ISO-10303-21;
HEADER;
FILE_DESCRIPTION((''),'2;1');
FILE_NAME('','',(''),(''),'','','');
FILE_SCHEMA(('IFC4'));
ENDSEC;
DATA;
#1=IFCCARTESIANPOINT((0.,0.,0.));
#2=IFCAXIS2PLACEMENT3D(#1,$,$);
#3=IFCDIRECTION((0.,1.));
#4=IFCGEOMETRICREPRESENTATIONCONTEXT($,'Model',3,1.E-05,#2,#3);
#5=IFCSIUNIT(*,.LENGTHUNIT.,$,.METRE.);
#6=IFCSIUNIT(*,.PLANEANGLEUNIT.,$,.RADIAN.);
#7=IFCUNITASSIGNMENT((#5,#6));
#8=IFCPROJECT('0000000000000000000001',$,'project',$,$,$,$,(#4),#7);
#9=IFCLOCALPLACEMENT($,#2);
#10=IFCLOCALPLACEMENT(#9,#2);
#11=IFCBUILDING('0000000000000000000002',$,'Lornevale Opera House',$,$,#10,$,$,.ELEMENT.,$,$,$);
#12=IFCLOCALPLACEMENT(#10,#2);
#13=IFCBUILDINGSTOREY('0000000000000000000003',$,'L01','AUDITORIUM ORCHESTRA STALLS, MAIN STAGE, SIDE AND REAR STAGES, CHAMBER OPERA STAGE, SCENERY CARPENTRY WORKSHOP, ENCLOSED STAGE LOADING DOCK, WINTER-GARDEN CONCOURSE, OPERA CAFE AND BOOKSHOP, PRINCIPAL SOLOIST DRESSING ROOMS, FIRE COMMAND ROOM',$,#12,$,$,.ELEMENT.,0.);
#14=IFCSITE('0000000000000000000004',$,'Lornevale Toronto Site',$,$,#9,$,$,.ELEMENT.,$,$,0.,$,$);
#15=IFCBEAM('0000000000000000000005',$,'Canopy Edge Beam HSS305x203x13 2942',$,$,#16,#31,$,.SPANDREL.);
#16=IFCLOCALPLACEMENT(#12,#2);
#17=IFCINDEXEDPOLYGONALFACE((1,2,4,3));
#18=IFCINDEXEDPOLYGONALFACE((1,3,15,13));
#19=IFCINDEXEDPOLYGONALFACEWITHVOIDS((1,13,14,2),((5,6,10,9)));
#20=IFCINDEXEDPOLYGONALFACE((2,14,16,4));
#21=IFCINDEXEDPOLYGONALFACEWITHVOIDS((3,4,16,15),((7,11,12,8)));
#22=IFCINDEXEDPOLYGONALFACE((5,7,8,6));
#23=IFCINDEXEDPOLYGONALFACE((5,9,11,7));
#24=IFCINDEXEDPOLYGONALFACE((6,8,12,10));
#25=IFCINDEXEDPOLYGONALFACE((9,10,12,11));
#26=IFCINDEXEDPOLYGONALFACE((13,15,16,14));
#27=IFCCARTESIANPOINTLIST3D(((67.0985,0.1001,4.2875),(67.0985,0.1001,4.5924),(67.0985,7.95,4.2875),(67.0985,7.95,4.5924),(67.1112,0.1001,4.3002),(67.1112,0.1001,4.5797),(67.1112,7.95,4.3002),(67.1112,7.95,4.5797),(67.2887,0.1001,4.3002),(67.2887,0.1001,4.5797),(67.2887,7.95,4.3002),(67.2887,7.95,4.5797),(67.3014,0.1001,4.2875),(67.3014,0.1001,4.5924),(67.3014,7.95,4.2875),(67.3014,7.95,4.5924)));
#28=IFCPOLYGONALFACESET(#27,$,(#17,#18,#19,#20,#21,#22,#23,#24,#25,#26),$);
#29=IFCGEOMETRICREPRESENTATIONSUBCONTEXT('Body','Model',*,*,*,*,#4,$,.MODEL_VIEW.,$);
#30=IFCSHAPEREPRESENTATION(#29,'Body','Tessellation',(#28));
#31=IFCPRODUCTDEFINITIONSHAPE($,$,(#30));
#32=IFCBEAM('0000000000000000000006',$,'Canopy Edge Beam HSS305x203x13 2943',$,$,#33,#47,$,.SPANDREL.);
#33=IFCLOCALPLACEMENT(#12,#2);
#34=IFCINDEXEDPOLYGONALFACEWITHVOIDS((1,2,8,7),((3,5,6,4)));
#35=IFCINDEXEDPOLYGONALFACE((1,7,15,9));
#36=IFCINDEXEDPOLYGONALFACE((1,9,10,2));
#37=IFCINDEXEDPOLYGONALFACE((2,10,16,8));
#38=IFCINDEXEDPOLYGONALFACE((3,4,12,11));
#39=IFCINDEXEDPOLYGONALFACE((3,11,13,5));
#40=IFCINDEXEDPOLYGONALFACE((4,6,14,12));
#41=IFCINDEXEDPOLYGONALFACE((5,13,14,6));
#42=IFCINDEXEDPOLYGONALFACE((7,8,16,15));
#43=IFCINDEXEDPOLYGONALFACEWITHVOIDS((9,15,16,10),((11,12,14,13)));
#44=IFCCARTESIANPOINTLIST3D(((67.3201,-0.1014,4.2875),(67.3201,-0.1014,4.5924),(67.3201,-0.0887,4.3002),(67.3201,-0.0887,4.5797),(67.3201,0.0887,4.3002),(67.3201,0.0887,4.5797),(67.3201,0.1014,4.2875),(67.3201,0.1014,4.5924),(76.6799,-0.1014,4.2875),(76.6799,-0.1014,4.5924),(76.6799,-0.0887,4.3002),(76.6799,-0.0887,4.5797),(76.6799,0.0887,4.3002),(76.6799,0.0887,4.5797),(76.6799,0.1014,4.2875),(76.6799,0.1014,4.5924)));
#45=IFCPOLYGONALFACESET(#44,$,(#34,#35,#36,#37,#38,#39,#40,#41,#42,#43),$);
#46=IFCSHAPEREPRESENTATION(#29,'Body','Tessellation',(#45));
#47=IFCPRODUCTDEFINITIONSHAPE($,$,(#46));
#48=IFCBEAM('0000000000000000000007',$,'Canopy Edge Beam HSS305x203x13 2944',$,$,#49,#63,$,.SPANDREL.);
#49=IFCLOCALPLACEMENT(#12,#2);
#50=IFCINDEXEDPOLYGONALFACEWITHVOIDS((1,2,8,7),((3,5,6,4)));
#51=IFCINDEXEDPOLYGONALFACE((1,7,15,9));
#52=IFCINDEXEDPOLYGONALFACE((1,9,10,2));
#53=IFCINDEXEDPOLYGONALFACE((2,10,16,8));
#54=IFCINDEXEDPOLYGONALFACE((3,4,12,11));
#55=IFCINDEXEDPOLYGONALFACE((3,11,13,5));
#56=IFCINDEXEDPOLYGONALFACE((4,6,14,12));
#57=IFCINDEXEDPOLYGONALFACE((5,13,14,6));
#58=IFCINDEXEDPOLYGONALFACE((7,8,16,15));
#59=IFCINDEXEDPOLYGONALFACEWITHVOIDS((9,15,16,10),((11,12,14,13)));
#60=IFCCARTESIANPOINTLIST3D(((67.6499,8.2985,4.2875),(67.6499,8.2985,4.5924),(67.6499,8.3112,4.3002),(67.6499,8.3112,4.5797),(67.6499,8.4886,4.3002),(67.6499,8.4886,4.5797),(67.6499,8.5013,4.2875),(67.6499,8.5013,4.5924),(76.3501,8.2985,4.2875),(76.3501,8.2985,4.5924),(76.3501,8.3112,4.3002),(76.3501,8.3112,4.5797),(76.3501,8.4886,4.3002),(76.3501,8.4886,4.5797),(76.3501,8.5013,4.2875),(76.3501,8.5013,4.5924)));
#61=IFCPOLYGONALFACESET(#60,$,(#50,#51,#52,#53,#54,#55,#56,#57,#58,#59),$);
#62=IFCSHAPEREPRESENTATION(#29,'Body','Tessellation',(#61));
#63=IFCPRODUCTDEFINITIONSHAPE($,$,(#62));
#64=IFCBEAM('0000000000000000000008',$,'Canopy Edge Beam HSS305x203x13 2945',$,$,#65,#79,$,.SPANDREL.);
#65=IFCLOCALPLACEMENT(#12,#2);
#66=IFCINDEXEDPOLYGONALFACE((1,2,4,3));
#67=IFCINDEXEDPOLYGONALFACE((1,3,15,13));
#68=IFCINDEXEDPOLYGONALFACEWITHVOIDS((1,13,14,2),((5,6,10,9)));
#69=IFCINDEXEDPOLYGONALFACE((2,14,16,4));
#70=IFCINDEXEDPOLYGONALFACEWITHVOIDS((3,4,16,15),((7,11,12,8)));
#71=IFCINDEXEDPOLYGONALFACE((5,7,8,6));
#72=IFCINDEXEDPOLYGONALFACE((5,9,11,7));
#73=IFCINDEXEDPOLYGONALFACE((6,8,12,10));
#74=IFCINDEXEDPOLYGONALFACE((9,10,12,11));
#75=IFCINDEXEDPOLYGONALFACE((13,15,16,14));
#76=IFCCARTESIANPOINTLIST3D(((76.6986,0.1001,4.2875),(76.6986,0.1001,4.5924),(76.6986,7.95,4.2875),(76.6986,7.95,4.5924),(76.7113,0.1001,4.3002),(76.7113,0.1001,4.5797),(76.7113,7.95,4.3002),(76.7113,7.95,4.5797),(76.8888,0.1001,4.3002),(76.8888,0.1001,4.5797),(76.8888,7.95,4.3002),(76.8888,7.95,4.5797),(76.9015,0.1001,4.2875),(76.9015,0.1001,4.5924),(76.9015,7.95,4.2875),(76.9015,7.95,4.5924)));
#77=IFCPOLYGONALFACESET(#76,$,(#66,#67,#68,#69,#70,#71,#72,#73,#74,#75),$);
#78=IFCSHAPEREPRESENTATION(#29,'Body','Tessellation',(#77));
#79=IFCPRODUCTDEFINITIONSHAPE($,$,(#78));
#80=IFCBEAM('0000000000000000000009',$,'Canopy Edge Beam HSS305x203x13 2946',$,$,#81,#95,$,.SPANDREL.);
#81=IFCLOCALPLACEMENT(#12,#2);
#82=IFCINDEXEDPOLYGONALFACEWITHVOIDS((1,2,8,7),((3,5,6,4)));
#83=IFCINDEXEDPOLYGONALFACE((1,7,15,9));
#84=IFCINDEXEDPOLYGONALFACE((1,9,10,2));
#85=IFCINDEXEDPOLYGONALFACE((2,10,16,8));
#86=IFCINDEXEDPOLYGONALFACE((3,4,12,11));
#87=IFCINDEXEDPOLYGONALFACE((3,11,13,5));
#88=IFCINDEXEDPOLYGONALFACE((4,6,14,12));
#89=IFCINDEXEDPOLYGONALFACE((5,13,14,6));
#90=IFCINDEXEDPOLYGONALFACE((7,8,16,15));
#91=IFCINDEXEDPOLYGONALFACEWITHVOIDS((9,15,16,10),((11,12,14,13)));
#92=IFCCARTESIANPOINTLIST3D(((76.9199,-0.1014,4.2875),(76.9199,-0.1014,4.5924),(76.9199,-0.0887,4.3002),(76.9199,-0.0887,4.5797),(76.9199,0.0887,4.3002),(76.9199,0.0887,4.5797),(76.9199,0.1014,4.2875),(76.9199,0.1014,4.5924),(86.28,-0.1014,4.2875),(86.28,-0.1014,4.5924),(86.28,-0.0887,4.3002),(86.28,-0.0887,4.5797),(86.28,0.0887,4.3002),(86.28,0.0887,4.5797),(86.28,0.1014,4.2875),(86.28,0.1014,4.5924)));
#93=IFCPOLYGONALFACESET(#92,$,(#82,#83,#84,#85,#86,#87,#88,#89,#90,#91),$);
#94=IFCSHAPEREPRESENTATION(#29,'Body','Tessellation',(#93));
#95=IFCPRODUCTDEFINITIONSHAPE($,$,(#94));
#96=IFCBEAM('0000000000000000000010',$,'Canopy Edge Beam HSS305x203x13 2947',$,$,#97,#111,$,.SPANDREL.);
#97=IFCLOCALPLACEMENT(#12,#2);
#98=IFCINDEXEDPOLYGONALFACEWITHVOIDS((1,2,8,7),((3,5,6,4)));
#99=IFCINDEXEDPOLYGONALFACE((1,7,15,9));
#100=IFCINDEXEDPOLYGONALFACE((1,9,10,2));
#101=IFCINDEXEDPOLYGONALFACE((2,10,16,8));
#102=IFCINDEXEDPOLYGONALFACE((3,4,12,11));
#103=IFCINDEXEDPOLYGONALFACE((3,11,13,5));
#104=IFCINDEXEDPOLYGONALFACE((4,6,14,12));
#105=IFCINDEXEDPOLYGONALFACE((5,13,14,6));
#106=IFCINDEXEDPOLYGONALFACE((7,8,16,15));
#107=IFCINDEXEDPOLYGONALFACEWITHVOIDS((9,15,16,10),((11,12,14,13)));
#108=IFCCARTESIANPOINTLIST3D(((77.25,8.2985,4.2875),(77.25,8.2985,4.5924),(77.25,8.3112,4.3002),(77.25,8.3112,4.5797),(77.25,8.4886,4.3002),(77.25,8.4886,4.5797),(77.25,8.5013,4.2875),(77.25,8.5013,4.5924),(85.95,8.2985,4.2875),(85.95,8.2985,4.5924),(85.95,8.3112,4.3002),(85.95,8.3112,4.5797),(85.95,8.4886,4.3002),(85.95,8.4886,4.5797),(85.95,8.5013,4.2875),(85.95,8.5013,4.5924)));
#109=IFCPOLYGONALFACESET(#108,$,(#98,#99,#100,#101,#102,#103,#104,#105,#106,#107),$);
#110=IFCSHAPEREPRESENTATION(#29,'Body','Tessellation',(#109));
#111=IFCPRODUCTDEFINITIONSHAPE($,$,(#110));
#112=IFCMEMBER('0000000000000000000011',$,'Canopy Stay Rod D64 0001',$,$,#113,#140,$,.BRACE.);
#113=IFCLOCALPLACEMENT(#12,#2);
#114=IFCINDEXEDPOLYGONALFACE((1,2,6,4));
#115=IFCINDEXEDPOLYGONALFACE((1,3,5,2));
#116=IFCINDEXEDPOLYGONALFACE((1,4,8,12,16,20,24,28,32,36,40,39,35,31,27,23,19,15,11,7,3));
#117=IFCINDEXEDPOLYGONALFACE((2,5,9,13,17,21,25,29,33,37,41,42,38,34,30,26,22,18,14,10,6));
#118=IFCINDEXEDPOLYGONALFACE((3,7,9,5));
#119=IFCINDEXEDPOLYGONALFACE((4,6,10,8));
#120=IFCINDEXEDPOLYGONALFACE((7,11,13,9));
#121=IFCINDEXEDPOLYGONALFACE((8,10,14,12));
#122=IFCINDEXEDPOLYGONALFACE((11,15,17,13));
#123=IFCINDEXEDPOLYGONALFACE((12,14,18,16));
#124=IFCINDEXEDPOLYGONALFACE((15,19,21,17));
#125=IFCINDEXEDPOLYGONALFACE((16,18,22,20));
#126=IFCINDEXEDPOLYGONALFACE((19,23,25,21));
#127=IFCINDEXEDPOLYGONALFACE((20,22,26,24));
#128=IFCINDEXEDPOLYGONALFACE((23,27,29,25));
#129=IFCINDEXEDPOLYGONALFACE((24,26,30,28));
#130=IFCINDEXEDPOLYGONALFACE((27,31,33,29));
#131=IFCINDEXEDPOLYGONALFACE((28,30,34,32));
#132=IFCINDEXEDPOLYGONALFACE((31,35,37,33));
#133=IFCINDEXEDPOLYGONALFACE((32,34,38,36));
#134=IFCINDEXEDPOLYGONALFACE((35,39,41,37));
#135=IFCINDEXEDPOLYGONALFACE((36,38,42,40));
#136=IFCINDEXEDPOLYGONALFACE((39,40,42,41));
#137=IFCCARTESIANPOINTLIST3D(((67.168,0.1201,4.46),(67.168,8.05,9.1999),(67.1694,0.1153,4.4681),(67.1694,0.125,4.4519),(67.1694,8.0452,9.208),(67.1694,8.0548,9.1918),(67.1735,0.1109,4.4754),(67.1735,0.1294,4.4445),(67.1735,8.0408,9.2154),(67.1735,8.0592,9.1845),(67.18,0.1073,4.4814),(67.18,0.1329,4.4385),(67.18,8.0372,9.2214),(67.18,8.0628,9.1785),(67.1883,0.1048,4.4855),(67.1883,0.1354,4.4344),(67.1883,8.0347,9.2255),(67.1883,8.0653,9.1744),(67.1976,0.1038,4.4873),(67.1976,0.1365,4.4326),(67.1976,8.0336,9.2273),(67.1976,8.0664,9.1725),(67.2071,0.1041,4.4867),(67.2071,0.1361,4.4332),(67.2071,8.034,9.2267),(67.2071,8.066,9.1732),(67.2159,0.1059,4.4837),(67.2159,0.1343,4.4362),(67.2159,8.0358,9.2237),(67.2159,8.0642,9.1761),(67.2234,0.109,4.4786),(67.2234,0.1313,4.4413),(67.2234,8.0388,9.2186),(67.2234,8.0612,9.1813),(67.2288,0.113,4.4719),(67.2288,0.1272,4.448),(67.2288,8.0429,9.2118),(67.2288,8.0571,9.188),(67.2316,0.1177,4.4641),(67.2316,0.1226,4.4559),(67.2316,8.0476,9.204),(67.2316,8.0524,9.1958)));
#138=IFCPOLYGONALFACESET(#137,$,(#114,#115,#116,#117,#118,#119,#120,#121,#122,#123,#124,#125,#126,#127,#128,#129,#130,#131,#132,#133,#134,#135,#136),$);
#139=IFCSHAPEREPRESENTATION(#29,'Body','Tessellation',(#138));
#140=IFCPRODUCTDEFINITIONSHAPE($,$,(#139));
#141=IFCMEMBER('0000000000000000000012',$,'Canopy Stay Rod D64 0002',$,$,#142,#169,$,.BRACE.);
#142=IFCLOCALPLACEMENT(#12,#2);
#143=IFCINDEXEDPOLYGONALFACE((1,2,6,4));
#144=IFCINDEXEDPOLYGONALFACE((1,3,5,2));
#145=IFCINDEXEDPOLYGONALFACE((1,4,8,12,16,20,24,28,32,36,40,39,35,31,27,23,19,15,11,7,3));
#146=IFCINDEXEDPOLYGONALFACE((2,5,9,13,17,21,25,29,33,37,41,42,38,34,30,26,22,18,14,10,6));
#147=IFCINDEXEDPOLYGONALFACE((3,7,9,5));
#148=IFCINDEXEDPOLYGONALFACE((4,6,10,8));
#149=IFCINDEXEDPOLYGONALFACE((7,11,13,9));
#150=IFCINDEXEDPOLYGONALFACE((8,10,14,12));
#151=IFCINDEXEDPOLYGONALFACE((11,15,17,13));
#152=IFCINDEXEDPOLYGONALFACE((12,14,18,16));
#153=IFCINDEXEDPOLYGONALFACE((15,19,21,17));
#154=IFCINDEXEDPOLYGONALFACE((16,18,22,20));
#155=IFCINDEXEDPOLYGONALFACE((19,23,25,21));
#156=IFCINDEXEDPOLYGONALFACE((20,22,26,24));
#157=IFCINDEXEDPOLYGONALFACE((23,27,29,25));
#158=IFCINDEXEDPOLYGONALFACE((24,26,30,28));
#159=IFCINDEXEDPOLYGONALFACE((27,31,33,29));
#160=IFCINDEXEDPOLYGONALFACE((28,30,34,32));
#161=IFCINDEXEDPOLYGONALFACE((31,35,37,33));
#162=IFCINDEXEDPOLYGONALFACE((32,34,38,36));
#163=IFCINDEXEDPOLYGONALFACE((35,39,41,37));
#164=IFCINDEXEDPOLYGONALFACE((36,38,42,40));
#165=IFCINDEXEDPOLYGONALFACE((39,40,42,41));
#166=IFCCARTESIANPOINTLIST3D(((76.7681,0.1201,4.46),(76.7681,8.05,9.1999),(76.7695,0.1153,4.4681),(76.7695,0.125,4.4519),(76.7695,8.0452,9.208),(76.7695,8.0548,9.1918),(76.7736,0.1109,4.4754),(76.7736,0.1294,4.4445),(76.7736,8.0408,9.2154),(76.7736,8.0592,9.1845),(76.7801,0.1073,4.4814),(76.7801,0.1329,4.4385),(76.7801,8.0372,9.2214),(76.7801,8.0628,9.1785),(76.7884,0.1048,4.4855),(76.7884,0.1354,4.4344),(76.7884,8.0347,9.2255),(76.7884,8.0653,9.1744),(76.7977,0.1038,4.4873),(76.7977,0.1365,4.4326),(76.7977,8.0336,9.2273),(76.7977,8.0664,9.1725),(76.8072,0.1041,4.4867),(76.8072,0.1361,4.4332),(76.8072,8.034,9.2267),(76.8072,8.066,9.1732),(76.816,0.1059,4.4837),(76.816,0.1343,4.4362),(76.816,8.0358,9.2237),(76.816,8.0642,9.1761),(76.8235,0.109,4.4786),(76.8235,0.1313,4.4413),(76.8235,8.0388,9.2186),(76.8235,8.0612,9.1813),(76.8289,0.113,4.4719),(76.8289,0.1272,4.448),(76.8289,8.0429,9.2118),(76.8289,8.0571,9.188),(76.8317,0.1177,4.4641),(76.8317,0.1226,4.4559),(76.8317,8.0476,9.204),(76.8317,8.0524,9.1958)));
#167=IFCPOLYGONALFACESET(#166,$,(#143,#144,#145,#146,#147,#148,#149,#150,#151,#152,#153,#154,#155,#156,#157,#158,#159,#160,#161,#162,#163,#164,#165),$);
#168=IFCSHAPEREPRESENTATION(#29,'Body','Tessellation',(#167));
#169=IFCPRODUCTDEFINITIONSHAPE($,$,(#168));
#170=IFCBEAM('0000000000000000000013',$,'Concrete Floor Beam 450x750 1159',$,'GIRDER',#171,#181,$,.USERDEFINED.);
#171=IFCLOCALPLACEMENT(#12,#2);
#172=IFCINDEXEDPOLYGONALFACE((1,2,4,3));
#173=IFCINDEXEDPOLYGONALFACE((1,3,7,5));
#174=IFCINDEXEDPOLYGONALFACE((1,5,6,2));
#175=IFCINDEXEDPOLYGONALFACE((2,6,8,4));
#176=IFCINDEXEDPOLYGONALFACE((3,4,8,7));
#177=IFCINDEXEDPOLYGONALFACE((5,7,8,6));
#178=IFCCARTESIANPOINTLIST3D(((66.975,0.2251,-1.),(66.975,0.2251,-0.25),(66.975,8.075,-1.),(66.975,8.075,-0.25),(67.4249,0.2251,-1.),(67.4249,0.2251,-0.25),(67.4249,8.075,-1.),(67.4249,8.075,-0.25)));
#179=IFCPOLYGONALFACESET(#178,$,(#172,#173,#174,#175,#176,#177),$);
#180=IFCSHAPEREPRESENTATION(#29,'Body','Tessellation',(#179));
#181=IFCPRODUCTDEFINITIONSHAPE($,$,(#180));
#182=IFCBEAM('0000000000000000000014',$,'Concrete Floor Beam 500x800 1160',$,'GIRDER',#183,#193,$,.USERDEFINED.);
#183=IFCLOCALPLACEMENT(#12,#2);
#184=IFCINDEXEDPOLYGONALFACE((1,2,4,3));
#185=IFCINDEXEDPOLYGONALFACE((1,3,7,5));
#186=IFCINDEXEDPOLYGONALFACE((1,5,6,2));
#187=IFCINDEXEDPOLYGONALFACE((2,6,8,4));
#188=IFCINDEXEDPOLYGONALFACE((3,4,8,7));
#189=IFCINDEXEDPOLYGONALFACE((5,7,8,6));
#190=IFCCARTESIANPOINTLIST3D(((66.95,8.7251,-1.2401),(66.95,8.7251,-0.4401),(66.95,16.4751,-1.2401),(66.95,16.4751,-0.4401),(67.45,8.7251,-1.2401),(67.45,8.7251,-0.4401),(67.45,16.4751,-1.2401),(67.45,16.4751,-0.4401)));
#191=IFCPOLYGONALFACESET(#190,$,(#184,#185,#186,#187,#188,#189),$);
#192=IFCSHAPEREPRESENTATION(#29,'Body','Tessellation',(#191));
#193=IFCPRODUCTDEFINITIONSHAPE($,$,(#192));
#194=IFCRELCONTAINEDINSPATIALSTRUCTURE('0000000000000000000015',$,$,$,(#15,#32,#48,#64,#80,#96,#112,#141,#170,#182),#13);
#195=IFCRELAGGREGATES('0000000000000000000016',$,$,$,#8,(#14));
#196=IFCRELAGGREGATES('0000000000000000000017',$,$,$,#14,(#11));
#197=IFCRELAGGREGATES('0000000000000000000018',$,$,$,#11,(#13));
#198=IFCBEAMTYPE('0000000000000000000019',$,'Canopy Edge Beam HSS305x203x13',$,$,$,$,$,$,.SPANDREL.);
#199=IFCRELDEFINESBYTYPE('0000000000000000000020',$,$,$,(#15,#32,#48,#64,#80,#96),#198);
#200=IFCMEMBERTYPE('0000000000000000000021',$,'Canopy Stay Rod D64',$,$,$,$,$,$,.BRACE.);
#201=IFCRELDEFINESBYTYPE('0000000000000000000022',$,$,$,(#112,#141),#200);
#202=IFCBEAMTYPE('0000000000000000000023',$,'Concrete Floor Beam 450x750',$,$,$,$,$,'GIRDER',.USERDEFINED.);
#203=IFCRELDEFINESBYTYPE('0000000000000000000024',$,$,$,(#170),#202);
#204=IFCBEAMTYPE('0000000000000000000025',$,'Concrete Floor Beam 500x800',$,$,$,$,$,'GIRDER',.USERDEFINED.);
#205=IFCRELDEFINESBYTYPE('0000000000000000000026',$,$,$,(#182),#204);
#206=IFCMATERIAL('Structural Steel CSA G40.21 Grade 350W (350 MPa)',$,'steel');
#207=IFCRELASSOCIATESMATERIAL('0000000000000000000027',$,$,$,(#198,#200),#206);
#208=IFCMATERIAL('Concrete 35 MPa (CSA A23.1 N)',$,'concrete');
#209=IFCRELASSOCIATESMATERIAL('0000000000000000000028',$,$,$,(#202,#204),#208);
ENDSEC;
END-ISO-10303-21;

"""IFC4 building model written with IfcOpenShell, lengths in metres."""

from ifc_helpers import new_model, si_unit, direction, frame, origin, origin_2d, place, context, subcontext, project, spatial, rectangle, hollow_rectangle, circle, extrude, material, material_profile, profile_set, type_object, element, save


model = new_model("IFC4")

# Units and contexts
model_context = context("Model", 3, precision=1e-05, world=origin(), true_north=direction((0.0, 1.0)))
body_context = subcontext(model_context, "Body", "Model", "MODEL_VIEW")
ifc_project = project(units=[si_unit("LENGTHUNIT", "METRE"), si_unit("PLANEANGLEUNIT", "RADIAN")], contexts=[model_context])

# Site, building, storey
site_placement = place(None, origin())
site = spatial("IfcSite", under=ifc_project, at=site_placement, Name="Lornevale Toronto Site", CompositionType="ELEMENT", RefElevation=0.0)
building_placement = place(site_placement, origin())
building = spatial("IfcBuilding", under=site, at=building_placement, Name="Lornevale Opera House", CompositionType="ELEMENT")
storey_placement = place(building_placement, origin())
storey = spatial("IfcBuildingStorey", under=building, at=storey_placement, Name="L01", Description="AUDITORIUM ORCHESTRA STALLS, MAIN STAGE, SIDE AND REAR STAGES, CHAMBER OPERA STAGE, SCENERY CARPENTRY WORKSHOP, ENCLOSED STAGE LOADING DOCK, WINTER-GARDEN CONCOURSE, OPERA CAFE AND BOOKSHOP, PRINCIPAL SOLOIST DRESSING ROOMS, FIRE COMMAND ROOM", CompositionType="ELEMENT", Elevation=0.0)

# Shared definitions
ifc_material_1 = material(Name="Structural Steel CSA G40.21 Grade 350W (350 MPa)", Category="steel")

# Beams
ifc_material_profile_1 = material_profile(ifc_material_1, hollow_rectangle(XDim=0.2029, YDim=0.3049, WallThickness=0.0127, at=origin_2d()), Name="HSS305x203x13")
ifc_profile_set_1 = profile_set([ifc_material_profile_1], Name="Structural Steel CSA G40.21 Grade 350W (350 MPa)")
beam_type_1 = type_object("IfcBeamType", Name="Canopy Edge Beam HSS305x203x13", PredefinedType="SPANDREL", material=ifc_profile_set_1)
beam_1_placement = place(storey_placement, frame((67.2, 0.1001, 4.4399), z_axis=(0.0, 1.0, 0.0), x_axis=(-1.0, 0.0, 0.0)))
element("IfcBeam", 1, at=beam_1_placement, inside=storey, type_object=beam_type_1, Name="Canopy Edge Beam HSS305x203x13 2942", PredefinedType="SPANDREL", context=body_context, shape_type="SweptSolid", body=[
    extrude(hollow_rectangle(XDim=0.2029, YDim=0.3049, WallThickness=0.0127, at=origin_2d()), origin(), (0.0, 0.0, 1.0), 7.8499),
])
beam_2_placement = place(storey_placement, frame((67.3201, 0.0, 4.4399), z_axis=(1.0, 0.0, 0.0), x_axis=(0.0, 1.0, 0.0)))
element("IfcBeam", 2, at=beam_2_placement, inside=storey, type_object=beam_type_1, Name="Canopy Edge Beam HSS305x203x13 2943", PredefinedType="SPANDREL", context=body_context, shape_type="SweptSolid", body=[
    extrude(hollow_rectangle(XDim=0.2029, YDim=0.3049, WallThickness=0.0127, at=origin_2d()), origin(), (0.0, 0.0, 1.0), 9.3599),
])
beam_3_placement = place(storey_placement, frame((67.6499, 8.3999, 4.4399), z_axis=(1.0, 0.0, 0.0), x_axis=(0.0, 1.0, 0.0)))
element("IfcBeam", 3, at=beam_3_placement, inside=storey, type_object=beam_type_1, Name="Canopy Edge Beam HSS305x203x13 2944", PredefinedType="SPANDREL", context=body_context, shape_type="SweptSolid", body=[
    extrude(hollow_rectangle(XDim=0.2029, YDim=0.3049, WallThickness=0.0127, at=origin_2d()), origin(), (0.0, 0.0, 1.0), 8.7002),
])
beam_4_placement = place(storey_placement, frame((76.8, 0.1001, 4.4399), z_axis=(0.0, 1.0, 0.0), x_axis=(-1.0, 0.0, 0.0)))
element("IfcBeam", 4, at=beam_4_placement, inside=storey, type_object=beam_type_1, Name="Canopy Edge Beam HSS305x203x13 2945", PredefinedType="SPANDREL", context=body_context, shape_type="SweptSolid", body=[
    extrude(hollow_rectangle(XDim=0.2029, YDim=0.3049, WallThickness=0.0127, at=origin_2d()), origin(), (0.0, 0.0, 1.0), 7.8499),
])
beam_5_placement = place(storey_placement, frame((76.9199, 0.0, 4.4399), z_axis=(1.0, 0.0, 0.0), x_axis=(0.0, 1.0, 0.0)))
element("IfcBeam", 5, at=beam_5_placement, inside=storey, type_object=beam_type_1, Name="Canopy Edge Beam HSS305x203x13 2946", PredefinedType="SPANDREL", context=body_context, shape_type="SweptSolid", body=[
    extrude(hollow_rectangle(XDim=0.2029, YDim=0.3049, WallThickness=0.0127, at=origin_2d()), origin(), (0.0, 0.0, 1.0), 9.3601),
])
beam_6_placement = place(storey_placement, frame((77.25, 8.3999, 4.4399), z_axis=(1.0, 0.0, 0.0), x_axis=(0.0, 1.0, 0.0)))
element("IfcBeam", 6, at=beam_6_placement, inside=storey, type_object=beam_type_1, Name="Canopy Edge Beam HSS305x203x13 2947", PredefinedType="SPANDREL", context=body_context, shape_type="SweptSolid", body=[
    extrude(hollow_rectangle(XDim=0.2029, YDim=0.3049, WallThickness=0.0127, at=origin_2d()), origin(), (0.0, 0.0, 1.0), 8.7),
])

# Members
ifc_material_profile_2 = material_profile(ifc_material_1, circle(Radius=0.032, at=origin_2d()), Name="ROD64")
ifc_profile_set_2 = profile_set([ifc_material_profile_2], Name="Structural Steel CSA G40.21 Grade 350W (350 MPa)")
member_type = type_object("IfcMemberType", Name="Canopy Stay Rod D64", PredefinedType="BRACE", material=ifc_profile_set_2)
for number, where, z_axis, x_axis, name in (
    (7, (67.2, 0.1201, 4.46), (0.0, 0.85835, 0.513065), (-1.0, 0.0, 0.0), "Canopy Stay Rod D64 0001"),
    (8, (76.8, 0.1201, 4.46), (0.0, 0.85835, 0.513065), (-1.0, 0.0, 0.0), "Canopy Stay Rod D64 0002"),
):
    element("IfcMember", number, at=place(storey_placement, frame(where, z_axis=z_axis, x_axis=x_axis)), inside=storey, type_object=member_type, Name=name, PredefinedType="BRACE", context=body_context, shape_type="SweptSolid", body=[
        extrude(circle(Radius=0.032, at=origin_2d()), origin(), (0.0, 0.0, 1.0), 9.2385),
    ])

# Beams
ifc_material_2 = material(Name="Concrete 35 MPa (CSA A23.1 N)", Category="concrete")
ifc_material_profile_3 = material_profile(ifc_material_2, rectangle(XDim=0.45, YDim=0.75, at=origin_2d()), Name="RC450x750")
ifc_profile_set_3 = profile_set([ifc_material_profile_3], Name="Concrete 35 MPa (CSA A23.1 N)")
beam_type_2 = type_object("IfcBeamType", Name="Concrete Floor Beam 450x750", ElementType="GIRDER", PredefinedType="USERDEFINED", material=ifc_profile_set_3)
beam_7_placement = place(storey_placement, frame((67.2, 0.2251, -0.625), z_axis=(0.0, 1.0, 0.0), x_axis=(-1.0, 0.0, 0.0)))
element("IfcBeam", 9, at=beam_7_placement, inside=storey, type_object=beam_type_2, Name="Concrete Floor Beam 450x750 1159", ObjectType="GIRDER", PredefinedType="USERDEFINED", context=body_context, shape_type="SweptSolid", body=[
    extrude(rectangle(XDim=0.45, YDim=0.75, at=origin_2d()), origin(), (0.0, 0.0, 1.0), 7.8499),
])
ifc_material_profile_4 = material_profile(ifc_material_2, rectangle(XDim=0.5, YDim=0.8, at=origin_2d()), Name="RC500x800")
ifc_profile_set_4 = profile_set([ifc_material_profile_4], Name="Concrete 35 MPa (CSA A23.1 N)")
beam_type_3 = type_object("IfcBeamType", Name="Concrete Floor Beam 500x800", ElementType="GIRDER", PredefinedType="USERDEFINED", material=ifc_profile_set_4)
beam_8_placement = place(storey_placement, frame((67.2, 8.7251, -0.8401), z_axis=(0.0, 1.0, 0.0), x_axis=(-1.0, 0.0, 0.0)))
element("IfcBeam", 10, at=beam_8_placement, inside=storey, type_object=beam_type_3, Name="Concrete Floor Beam 500x800 1160", ObjectType="GIRDER", PredefinedType="USERDEFINED", context=body_context, shape_type="SweptSolid", body=[
    extrude(rectangle(XDim=0.5, YDim=0.8, at=origin_2d()), origin(), (0.0, 0.0, 1.0), 7.75),
])

save(model, "model.ifc")
